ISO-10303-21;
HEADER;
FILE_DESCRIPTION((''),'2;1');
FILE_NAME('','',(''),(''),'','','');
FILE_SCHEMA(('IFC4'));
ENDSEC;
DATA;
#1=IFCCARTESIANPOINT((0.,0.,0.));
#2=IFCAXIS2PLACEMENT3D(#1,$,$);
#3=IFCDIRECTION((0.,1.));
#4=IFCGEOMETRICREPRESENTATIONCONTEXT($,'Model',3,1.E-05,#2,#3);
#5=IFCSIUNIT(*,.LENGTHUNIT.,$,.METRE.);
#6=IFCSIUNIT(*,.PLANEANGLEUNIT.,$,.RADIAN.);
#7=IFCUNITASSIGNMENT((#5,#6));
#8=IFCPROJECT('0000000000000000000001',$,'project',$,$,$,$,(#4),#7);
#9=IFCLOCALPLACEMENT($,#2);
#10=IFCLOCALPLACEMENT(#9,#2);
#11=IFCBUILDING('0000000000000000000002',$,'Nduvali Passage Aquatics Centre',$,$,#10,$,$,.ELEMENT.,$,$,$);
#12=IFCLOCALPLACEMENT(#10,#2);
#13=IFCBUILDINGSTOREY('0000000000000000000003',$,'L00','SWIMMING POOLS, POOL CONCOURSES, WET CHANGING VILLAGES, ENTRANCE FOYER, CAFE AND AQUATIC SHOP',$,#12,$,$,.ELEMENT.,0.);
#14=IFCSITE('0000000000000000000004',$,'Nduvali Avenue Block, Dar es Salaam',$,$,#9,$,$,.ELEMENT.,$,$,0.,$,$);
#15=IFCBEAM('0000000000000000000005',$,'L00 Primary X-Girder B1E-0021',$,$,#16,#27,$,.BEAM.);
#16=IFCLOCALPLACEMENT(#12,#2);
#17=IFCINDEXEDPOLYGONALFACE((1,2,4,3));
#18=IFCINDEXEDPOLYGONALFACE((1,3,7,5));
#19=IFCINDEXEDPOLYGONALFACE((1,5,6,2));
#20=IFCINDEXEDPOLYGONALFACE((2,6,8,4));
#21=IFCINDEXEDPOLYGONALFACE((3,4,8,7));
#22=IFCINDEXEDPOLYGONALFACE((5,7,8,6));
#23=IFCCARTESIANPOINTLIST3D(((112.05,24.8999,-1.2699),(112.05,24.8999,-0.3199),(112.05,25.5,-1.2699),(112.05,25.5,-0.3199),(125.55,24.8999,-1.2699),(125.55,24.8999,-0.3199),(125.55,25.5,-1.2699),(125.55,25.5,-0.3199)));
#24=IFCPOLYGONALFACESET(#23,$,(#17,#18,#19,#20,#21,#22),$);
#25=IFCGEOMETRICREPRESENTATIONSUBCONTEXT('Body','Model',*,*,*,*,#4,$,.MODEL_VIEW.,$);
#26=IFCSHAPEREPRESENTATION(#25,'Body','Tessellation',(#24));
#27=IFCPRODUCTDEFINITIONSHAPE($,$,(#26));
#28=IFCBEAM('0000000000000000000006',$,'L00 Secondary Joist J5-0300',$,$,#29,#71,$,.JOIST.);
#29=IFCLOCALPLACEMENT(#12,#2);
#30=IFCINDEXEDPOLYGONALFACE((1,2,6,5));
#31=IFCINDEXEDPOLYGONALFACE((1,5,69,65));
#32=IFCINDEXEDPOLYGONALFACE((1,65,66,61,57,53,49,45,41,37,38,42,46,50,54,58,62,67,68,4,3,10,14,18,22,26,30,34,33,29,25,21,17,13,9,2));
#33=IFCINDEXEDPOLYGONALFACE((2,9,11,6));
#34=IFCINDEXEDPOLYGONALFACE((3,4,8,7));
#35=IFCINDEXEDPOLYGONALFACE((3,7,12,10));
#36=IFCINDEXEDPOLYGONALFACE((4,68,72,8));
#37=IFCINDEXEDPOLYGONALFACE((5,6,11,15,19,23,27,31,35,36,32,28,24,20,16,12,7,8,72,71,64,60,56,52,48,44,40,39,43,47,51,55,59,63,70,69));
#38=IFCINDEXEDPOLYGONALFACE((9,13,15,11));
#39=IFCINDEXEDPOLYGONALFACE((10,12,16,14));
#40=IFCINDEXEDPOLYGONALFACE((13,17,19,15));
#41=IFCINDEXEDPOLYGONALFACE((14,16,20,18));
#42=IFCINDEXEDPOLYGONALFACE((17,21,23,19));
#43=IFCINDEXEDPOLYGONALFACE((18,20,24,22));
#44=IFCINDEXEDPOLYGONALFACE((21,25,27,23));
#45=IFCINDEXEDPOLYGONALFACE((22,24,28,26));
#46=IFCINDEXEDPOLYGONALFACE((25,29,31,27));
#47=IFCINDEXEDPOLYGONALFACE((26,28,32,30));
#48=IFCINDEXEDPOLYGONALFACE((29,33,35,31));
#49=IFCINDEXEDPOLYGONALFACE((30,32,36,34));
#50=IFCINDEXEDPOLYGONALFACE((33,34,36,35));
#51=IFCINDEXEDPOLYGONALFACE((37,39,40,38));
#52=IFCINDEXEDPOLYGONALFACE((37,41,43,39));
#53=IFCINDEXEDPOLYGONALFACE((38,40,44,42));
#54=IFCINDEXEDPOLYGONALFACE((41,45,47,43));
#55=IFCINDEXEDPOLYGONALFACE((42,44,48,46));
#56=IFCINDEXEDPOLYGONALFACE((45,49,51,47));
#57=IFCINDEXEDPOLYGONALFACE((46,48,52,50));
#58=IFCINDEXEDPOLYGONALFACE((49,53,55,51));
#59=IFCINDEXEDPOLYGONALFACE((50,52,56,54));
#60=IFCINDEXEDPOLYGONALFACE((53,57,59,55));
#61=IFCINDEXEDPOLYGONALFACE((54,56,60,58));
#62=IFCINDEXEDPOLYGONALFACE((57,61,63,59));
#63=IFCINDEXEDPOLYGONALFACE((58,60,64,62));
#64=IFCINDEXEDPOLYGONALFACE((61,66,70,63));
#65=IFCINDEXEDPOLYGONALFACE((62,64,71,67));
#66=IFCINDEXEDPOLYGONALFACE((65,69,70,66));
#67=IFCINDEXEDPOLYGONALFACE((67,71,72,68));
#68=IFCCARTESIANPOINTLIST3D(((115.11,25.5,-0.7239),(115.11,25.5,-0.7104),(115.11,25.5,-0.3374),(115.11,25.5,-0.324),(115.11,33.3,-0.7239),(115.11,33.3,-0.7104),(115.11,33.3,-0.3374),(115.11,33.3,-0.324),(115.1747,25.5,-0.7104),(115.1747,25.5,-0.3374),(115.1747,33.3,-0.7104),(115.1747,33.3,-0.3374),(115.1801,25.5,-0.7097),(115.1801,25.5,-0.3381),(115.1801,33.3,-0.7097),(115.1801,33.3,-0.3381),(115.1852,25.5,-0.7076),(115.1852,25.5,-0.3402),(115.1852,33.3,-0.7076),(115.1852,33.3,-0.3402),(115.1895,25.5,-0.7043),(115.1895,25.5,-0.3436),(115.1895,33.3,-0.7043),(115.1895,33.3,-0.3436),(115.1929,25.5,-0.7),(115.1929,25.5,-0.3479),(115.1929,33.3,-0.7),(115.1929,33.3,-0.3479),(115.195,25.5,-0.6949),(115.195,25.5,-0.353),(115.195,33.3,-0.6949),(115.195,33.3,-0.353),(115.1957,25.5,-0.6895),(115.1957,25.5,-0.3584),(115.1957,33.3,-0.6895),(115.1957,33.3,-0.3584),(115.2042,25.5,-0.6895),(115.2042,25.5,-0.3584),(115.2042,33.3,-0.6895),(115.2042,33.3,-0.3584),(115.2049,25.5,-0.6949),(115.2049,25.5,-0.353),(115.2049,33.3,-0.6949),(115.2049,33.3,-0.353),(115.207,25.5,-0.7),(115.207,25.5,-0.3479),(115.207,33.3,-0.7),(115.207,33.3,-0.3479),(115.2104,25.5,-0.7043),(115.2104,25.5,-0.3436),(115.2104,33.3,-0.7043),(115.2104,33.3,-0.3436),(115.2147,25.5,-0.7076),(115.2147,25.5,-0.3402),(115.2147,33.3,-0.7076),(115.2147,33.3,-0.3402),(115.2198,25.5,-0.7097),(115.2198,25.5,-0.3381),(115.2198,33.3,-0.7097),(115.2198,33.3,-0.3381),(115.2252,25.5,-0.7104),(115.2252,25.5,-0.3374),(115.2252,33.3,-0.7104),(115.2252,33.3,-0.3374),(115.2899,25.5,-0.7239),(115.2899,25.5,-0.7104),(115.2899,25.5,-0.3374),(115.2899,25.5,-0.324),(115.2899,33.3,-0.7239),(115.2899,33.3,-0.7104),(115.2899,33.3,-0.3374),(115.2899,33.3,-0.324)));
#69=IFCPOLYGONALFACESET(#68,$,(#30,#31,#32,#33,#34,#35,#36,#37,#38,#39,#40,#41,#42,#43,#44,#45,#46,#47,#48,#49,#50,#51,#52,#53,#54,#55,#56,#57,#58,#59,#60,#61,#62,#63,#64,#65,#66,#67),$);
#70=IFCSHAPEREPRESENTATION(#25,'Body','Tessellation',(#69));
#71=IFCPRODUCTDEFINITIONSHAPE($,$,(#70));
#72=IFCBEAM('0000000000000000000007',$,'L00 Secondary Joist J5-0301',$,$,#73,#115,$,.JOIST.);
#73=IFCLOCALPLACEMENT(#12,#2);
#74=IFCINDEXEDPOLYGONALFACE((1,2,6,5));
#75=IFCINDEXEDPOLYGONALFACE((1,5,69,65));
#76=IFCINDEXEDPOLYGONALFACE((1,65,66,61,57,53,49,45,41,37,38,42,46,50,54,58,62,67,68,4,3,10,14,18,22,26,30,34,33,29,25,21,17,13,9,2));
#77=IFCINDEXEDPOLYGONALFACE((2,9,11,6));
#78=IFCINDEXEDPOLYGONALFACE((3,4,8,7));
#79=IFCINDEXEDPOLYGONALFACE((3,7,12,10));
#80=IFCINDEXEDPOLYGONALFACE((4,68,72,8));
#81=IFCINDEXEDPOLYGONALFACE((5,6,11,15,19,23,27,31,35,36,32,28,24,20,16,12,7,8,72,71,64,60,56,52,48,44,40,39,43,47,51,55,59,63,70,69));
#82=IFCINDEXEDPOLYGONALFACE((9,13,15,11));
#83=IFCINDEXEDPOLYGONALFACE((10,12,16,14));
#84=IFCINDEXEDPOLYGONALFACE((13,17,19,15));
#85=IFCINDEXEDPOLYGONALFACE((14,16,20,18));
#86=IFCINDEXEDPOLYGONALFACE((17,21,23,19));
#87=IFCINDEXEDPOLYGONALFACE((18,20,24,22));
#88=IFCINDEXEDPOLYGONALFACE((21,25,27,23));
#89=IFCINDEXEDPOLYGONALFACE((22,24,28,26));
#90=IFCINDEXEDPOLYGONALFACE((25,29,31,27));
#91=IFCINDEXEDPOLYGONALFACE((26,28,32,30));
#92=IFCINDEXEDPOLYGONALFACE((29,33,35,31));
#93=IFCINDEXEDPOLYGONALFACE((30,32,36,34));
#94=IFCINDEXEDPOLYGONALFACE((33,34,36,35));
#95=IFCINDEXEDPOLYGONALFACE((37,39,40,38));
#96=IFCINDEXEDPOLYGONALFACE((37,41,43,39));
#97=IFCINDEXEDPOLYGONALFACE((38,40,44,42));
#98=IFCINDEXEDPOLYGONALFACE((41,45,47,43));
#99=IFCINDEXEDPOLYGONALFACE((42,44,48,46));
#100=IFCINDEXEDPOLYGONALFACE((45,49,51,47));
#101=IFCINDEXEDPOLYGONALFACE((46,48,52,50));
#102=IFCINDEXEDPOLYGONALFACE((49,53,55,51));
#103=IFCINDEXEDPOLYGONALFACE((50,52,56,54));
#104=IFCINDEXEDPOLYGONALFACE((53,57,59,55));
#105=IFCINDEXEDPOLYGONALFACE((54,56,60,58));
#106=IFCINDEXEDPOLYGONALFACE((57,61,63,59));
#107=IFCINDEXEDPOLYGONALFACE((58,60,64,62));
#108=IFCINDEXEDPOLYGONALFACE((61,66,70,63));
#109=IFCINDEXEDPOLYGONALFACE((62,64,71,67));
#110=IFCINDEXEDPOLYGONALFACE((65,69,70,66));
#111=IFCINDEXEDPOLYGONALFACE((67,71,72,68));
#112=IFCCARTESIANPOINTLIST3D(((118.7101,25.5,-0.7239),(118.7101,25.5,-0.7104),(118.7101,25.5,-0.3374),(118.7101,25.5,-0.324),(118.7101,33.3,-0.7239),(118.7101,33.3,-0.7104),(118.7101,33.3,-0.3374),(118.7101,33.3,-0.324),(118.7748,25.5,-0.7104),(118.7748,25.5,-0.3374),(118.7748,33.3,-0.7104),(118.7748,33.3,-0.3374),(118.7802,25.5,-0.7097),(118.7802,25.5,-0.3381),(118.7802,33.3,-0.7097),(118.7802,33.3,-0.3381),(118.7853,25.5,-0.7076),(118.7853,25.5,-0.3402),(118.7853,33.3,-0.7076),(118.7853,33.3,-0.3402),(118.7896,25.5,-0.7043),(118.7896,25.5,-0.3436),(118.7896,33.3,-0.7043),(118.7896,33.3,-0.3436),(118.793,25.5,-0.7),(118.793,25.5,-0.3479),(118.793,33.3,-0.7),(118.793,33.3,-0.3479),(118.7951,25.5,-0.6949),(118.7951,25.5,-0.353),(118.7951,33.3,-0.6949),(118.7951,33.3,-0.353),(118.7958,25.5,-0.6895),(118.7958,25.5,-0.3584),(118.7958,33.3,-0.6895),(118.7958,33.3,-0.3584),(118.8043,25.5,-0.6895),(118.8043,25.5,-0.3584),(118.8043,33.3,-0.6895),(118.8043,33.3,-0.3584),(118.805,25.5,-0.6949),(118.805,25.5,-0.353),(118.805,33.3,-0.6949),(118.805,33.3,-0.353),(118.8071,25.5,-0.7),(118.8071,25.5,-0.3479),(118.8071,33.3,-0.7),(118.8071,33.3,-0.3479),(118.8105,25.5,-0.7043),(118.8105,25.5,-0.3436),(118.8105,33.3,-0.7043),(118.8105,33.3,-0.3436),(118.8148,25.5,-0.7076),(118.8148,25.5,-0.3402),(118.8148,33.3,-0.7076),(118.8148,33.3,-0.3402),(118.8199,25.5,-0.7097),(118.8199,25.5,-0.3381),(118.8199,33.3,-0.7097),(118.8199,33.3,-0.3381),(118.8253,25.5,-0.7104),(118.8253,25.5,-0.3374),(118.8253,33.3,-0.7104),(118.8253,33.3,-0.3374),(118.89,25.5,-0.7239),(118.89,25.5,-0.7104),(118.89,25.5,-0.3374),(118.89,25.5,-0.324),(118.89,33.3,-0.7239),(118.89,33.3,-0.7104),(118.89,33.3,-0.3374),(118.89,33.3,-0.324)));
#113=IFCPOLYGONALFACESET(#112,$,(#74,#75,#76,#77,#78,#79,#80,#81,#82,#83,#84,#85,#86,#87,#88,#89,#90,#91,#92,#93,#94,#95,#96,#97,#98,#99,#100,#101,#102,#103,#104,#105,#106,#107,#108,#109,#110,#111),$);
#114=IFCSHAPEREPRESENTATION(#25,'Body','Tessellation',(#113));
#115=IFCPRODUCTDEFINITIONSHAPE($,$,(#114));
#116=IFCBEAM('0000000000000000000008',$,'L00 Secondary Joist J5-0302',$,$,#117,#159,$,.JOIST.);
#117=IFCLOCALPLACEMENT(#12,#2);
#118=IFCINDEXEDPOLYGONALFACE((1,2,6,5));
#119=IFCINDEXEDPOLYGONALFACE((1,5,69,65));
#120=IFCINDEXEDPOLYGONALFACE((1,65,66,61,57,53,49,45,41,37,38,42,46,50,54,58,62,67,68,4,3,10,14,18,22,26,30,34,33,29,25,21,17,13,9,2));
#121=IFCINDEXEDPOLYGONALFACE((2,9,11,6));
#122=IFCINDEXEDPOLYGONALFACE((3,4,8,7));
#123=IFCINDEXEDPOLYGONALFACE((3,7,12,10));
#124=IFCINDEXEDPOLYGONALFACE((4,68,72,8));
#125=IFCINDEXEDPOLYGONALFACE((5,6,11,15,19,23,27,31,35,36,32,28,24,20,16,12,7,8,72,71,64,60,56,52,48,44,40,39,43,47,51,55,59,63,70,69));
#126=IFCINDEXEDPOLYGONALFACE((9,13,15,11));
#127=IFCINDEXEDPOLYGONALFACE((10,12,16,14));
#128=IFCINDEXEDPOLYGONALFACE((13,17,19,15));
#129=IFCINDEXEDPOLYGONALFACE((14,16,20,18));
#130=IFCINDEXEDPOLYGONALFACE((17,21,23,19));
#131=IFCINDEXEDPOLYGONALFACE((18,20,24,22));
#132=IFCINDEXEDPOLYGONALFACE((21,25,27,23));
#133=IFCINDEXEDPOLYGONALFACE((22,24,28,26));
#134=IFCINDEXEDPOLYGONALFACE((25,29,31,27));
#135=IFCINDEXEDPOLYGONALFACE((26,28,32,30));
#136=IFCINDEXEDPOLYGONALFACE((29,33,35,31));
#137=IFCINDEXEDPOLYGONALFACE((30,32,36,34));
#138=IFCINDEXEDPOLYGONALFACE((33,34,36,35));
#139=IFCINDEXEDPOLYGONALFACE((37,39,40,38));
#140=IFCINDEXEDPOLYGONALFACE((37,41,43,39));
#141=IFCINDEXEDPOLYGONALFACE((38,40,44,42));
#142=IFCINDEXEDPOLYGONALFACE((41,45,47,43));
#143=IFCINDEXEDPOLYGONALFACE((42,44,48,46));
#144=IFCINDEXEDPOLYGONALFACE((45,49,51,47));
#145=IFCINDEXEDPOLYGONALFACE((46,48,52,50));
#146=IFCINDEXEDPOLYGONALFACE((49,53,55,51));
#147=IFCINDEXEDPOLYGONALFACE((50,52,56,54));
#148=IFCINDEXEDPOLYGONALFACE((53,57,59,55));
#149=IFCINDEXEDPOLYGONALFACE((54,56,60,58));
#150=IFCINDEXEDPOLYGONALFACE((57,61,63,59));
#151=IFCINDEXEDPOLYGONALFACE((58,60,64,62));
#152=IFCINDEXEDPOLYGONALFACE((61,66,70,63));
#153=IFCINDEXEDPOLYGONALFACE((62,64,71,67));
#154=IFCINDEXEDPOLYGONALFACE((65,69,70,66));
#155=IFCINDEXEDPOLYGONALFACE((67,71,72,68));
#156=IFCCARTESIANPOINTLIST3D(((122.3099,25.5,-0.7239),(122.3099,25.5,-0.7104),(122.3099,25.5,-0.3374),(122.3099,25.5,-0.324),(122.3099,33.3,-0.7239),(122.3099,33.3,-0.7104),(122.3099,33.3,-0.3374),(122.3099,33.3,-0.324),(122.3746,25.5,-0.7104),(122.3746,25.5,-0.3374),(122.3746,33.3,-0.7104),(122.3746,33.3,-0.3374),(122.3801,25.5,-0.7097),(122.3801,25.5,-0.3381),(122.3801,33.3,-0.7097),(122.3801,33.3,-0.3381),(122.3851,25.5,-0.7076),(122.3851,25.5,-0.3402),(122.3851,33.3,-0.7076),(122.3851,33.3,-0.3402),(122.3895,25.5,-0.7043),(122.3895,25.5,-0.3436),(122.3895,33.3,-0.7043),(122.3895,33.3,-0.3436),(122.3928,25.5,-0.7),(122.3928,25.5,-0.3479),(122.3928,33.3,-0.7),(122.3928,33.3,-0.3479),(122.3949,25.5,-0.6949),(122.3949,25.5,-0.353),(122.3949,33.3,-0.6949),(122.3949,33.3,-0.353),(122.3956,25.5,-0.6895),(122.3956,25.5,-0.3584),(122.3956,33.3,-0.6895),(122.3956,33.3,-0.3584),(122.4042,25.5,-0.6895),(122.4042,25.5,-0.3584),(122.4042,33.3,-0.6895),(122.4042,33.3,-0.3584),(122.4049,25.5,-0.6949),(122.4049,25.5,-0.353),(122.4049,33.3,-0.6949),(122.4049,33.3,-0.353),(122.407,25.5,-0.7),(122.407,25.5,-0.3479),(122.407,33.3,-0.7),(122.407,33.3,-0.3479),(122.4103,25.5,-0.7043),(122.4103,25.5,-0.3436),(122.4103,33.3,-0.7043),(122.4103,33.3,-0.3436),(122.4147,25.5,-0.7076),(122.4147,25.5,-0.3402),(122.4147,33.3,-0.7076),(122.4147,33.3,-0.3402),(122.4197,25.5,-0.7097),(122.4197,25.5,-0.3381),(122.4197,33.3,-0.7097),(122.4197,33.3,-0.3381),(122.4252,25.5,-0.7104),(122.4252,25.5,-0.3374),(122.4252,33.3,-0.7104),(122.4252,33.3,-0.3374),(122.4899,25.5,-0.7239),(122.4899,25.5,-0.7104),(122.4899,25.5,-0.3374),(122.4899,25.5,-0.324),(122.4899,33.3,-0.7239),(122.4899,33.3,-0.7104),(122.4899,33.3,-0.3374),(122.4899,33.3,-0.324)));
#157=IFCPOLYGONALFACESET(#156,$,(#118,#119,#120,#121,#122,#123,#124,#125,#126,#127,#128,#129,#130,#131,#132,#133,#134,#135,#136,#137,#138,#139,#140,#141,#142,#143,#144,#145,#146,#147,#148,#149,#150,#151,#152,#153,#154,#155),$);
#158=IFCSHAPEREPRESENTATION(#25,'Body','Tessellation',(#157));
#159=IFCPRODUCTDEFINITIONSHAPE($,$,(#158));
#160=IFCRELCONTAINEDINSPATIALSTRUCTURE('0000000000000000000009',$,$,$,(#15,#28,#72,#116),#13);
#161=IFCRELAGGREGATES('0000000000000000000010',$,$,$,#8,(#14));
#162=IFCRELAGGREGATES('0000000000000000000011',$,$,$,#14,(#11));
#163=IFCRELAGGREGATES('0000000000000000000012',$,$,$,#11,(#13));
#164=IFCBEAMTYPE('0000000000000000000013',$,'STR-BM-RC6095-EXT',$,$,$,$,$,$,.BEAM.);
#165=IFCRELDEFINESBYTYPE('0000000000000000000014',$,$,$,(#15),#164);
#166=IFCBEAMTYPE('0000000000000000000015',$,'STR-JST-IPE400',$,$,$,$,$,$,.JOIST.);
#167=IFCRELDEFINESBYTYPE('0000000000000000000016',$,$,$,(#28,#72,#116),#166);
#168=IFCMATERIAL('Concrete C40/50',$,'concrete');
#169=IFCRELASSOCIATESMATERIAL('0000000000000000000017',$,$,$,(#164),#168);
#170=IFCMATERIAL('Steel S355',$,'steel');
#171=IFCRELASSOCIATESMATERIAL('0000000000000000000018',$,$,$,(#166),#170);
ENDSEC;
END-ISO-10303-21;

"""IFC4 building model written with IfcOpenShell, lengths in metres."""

from ifc_helpers import new_model, si_unit, direction, frame, origin, origin_2d, place, context, subcontext, project, spatial, rectangle, i_section, extrude, material, material_profile, profile_set, type_object, element, save


model = new_model("IFC4")

# Units and contexts
model_context = context("Model", 3, precision=1e-05, world=origin(), true_north=direction((0.0, 1.0)))
body_context = subcontext(model_context, "Body", "Model", "MODEL_VIEW")
ifc_project = project(units=[si_unit("LENGTHUNIT", "METRE"), si_unit("PLANEANGLEUNIT", "RADIAN")], contexts=[model_context])

# Site, building, storey
site_placement = place(None, origin())
site = spatial("IfcSite", under=ifc_project, at=site_placement, Name="Nduvali Avenue Block, Dar es Salaam", CompositionType="ELEMENT", RefElevation=0.0)
building_placement = place(site_placement, origin())
building = spatial("IfcBuilding", under=site, at=building_placement, Name="Nduvali Passage Aquatics Centre", CompositionType="ELEMENT")
storey_placement = place(building_placement, origin())
storey = spatial("IfcBuildingStorey", under=building, at=storey_placement, Name="L00", Description="SWIMMING POOLS, POOL CONCOURSES, WET CHANGING VILLAGES, ENTRANCE FOYER, CAFE AND AQUATIC SHOP", CompositionType="ELEMENT", Elevation=0.0)

# Shared definitions
ifc_material_1 = material(Name="Concrete C40/50", Category="concrete")

# Beams
ifc_material_profile_1 = material_profile(ifc_material_1, rectangle(XDim=0.6001, YDim=0.95, at=origin_2d()), Name="RC 600x950")
ifc_profile_set_1 = profile_set([ifc_material_profile_1], Name="Concrete C40/50")
beam_type_1 = type_object("IfcBeamType", Name="STR-BM-RC6095-EXT", PredefinedType="BEAM", material=ifc_profile_set_1)
beam_1_placement = place(storey_placement, frame((112.05, 25.2, -0.7949), z_axis=(1.0, 0.0, 0.0), x_axis=(0.0, 1.0, 0.0)))
element("IfcBeam", 1, at=beam_1_placement, inside=storey, type_object=beam_type_1, Name="L00 Primary X-Girder B1E-0021", PredefinedType="BEAM", context=body_context, shape_type="SweptSolid", body=[
    extrude(rectangle(XDim=0.6001, YDim=0.95, at=origin_2d()), origin(), (0.0, 0.0, 1.0), 13.5),
])
ifc_material_2 = material(Name="Steel S355", Category="steel")
ifc_material_profile_2 = material_profile(ifc_material_2, i_section(OverallWidth=0.1799, OverallDepth=0.3999, WebThickness=0.0085, FlangeThickness=0.0134, FilletRadius=0.021, at=origin_2d()), Name="IPE 400")
ifc_profile_set_2 = profile_set([ifc_material_profile_2], Name="Steel S355")
beam_type_2 = type_object("IfcBeamType", Name="STR-JST-IPE400", PredefinedType="JOIST", material=ifc_profile_set_2)
for number, where, z_axis, x_axis, name in (
    (2, (115.2, 25.5, -0.5239), (0.0, 1.0, 0.0), (-1.0, 0.0, 0.0), "L00 Secondary Joist J5-0300"),
    (3, (118.8, 25.5, -0.5239), (0.0, 1.0, 0.0), (-1.0, 0.0, 0.0), "L00 Secondary Joist J5-0301"),
    (4, (122.3999, 25.5, -0.5239), (0.0, 1.0, 0.0), (-1.0, 0.0, 0.0), "L00 Secondary Joist J5-0302"),
):
    element("IfcBeam", number, at=place(storey_placement, frame(where, z_axis=z_axis, x_axis=x_axis)), inside=storey, type_object=beam_type_2, Name=name, PredefinedType="JOIST", context=body_context, shape_type="SweptSolid", body=[
        extrude(i_section(OverallWidth=0.1799, OverallDepth=0.3999, WebThickness=0.0085, FlangeThickness=0.0134, FilletRadius=0.021, at=origin_2d()), origin(), (0.0, 0.0, 1.0), 7.8),
    ])

save(model, "model.ifc")
